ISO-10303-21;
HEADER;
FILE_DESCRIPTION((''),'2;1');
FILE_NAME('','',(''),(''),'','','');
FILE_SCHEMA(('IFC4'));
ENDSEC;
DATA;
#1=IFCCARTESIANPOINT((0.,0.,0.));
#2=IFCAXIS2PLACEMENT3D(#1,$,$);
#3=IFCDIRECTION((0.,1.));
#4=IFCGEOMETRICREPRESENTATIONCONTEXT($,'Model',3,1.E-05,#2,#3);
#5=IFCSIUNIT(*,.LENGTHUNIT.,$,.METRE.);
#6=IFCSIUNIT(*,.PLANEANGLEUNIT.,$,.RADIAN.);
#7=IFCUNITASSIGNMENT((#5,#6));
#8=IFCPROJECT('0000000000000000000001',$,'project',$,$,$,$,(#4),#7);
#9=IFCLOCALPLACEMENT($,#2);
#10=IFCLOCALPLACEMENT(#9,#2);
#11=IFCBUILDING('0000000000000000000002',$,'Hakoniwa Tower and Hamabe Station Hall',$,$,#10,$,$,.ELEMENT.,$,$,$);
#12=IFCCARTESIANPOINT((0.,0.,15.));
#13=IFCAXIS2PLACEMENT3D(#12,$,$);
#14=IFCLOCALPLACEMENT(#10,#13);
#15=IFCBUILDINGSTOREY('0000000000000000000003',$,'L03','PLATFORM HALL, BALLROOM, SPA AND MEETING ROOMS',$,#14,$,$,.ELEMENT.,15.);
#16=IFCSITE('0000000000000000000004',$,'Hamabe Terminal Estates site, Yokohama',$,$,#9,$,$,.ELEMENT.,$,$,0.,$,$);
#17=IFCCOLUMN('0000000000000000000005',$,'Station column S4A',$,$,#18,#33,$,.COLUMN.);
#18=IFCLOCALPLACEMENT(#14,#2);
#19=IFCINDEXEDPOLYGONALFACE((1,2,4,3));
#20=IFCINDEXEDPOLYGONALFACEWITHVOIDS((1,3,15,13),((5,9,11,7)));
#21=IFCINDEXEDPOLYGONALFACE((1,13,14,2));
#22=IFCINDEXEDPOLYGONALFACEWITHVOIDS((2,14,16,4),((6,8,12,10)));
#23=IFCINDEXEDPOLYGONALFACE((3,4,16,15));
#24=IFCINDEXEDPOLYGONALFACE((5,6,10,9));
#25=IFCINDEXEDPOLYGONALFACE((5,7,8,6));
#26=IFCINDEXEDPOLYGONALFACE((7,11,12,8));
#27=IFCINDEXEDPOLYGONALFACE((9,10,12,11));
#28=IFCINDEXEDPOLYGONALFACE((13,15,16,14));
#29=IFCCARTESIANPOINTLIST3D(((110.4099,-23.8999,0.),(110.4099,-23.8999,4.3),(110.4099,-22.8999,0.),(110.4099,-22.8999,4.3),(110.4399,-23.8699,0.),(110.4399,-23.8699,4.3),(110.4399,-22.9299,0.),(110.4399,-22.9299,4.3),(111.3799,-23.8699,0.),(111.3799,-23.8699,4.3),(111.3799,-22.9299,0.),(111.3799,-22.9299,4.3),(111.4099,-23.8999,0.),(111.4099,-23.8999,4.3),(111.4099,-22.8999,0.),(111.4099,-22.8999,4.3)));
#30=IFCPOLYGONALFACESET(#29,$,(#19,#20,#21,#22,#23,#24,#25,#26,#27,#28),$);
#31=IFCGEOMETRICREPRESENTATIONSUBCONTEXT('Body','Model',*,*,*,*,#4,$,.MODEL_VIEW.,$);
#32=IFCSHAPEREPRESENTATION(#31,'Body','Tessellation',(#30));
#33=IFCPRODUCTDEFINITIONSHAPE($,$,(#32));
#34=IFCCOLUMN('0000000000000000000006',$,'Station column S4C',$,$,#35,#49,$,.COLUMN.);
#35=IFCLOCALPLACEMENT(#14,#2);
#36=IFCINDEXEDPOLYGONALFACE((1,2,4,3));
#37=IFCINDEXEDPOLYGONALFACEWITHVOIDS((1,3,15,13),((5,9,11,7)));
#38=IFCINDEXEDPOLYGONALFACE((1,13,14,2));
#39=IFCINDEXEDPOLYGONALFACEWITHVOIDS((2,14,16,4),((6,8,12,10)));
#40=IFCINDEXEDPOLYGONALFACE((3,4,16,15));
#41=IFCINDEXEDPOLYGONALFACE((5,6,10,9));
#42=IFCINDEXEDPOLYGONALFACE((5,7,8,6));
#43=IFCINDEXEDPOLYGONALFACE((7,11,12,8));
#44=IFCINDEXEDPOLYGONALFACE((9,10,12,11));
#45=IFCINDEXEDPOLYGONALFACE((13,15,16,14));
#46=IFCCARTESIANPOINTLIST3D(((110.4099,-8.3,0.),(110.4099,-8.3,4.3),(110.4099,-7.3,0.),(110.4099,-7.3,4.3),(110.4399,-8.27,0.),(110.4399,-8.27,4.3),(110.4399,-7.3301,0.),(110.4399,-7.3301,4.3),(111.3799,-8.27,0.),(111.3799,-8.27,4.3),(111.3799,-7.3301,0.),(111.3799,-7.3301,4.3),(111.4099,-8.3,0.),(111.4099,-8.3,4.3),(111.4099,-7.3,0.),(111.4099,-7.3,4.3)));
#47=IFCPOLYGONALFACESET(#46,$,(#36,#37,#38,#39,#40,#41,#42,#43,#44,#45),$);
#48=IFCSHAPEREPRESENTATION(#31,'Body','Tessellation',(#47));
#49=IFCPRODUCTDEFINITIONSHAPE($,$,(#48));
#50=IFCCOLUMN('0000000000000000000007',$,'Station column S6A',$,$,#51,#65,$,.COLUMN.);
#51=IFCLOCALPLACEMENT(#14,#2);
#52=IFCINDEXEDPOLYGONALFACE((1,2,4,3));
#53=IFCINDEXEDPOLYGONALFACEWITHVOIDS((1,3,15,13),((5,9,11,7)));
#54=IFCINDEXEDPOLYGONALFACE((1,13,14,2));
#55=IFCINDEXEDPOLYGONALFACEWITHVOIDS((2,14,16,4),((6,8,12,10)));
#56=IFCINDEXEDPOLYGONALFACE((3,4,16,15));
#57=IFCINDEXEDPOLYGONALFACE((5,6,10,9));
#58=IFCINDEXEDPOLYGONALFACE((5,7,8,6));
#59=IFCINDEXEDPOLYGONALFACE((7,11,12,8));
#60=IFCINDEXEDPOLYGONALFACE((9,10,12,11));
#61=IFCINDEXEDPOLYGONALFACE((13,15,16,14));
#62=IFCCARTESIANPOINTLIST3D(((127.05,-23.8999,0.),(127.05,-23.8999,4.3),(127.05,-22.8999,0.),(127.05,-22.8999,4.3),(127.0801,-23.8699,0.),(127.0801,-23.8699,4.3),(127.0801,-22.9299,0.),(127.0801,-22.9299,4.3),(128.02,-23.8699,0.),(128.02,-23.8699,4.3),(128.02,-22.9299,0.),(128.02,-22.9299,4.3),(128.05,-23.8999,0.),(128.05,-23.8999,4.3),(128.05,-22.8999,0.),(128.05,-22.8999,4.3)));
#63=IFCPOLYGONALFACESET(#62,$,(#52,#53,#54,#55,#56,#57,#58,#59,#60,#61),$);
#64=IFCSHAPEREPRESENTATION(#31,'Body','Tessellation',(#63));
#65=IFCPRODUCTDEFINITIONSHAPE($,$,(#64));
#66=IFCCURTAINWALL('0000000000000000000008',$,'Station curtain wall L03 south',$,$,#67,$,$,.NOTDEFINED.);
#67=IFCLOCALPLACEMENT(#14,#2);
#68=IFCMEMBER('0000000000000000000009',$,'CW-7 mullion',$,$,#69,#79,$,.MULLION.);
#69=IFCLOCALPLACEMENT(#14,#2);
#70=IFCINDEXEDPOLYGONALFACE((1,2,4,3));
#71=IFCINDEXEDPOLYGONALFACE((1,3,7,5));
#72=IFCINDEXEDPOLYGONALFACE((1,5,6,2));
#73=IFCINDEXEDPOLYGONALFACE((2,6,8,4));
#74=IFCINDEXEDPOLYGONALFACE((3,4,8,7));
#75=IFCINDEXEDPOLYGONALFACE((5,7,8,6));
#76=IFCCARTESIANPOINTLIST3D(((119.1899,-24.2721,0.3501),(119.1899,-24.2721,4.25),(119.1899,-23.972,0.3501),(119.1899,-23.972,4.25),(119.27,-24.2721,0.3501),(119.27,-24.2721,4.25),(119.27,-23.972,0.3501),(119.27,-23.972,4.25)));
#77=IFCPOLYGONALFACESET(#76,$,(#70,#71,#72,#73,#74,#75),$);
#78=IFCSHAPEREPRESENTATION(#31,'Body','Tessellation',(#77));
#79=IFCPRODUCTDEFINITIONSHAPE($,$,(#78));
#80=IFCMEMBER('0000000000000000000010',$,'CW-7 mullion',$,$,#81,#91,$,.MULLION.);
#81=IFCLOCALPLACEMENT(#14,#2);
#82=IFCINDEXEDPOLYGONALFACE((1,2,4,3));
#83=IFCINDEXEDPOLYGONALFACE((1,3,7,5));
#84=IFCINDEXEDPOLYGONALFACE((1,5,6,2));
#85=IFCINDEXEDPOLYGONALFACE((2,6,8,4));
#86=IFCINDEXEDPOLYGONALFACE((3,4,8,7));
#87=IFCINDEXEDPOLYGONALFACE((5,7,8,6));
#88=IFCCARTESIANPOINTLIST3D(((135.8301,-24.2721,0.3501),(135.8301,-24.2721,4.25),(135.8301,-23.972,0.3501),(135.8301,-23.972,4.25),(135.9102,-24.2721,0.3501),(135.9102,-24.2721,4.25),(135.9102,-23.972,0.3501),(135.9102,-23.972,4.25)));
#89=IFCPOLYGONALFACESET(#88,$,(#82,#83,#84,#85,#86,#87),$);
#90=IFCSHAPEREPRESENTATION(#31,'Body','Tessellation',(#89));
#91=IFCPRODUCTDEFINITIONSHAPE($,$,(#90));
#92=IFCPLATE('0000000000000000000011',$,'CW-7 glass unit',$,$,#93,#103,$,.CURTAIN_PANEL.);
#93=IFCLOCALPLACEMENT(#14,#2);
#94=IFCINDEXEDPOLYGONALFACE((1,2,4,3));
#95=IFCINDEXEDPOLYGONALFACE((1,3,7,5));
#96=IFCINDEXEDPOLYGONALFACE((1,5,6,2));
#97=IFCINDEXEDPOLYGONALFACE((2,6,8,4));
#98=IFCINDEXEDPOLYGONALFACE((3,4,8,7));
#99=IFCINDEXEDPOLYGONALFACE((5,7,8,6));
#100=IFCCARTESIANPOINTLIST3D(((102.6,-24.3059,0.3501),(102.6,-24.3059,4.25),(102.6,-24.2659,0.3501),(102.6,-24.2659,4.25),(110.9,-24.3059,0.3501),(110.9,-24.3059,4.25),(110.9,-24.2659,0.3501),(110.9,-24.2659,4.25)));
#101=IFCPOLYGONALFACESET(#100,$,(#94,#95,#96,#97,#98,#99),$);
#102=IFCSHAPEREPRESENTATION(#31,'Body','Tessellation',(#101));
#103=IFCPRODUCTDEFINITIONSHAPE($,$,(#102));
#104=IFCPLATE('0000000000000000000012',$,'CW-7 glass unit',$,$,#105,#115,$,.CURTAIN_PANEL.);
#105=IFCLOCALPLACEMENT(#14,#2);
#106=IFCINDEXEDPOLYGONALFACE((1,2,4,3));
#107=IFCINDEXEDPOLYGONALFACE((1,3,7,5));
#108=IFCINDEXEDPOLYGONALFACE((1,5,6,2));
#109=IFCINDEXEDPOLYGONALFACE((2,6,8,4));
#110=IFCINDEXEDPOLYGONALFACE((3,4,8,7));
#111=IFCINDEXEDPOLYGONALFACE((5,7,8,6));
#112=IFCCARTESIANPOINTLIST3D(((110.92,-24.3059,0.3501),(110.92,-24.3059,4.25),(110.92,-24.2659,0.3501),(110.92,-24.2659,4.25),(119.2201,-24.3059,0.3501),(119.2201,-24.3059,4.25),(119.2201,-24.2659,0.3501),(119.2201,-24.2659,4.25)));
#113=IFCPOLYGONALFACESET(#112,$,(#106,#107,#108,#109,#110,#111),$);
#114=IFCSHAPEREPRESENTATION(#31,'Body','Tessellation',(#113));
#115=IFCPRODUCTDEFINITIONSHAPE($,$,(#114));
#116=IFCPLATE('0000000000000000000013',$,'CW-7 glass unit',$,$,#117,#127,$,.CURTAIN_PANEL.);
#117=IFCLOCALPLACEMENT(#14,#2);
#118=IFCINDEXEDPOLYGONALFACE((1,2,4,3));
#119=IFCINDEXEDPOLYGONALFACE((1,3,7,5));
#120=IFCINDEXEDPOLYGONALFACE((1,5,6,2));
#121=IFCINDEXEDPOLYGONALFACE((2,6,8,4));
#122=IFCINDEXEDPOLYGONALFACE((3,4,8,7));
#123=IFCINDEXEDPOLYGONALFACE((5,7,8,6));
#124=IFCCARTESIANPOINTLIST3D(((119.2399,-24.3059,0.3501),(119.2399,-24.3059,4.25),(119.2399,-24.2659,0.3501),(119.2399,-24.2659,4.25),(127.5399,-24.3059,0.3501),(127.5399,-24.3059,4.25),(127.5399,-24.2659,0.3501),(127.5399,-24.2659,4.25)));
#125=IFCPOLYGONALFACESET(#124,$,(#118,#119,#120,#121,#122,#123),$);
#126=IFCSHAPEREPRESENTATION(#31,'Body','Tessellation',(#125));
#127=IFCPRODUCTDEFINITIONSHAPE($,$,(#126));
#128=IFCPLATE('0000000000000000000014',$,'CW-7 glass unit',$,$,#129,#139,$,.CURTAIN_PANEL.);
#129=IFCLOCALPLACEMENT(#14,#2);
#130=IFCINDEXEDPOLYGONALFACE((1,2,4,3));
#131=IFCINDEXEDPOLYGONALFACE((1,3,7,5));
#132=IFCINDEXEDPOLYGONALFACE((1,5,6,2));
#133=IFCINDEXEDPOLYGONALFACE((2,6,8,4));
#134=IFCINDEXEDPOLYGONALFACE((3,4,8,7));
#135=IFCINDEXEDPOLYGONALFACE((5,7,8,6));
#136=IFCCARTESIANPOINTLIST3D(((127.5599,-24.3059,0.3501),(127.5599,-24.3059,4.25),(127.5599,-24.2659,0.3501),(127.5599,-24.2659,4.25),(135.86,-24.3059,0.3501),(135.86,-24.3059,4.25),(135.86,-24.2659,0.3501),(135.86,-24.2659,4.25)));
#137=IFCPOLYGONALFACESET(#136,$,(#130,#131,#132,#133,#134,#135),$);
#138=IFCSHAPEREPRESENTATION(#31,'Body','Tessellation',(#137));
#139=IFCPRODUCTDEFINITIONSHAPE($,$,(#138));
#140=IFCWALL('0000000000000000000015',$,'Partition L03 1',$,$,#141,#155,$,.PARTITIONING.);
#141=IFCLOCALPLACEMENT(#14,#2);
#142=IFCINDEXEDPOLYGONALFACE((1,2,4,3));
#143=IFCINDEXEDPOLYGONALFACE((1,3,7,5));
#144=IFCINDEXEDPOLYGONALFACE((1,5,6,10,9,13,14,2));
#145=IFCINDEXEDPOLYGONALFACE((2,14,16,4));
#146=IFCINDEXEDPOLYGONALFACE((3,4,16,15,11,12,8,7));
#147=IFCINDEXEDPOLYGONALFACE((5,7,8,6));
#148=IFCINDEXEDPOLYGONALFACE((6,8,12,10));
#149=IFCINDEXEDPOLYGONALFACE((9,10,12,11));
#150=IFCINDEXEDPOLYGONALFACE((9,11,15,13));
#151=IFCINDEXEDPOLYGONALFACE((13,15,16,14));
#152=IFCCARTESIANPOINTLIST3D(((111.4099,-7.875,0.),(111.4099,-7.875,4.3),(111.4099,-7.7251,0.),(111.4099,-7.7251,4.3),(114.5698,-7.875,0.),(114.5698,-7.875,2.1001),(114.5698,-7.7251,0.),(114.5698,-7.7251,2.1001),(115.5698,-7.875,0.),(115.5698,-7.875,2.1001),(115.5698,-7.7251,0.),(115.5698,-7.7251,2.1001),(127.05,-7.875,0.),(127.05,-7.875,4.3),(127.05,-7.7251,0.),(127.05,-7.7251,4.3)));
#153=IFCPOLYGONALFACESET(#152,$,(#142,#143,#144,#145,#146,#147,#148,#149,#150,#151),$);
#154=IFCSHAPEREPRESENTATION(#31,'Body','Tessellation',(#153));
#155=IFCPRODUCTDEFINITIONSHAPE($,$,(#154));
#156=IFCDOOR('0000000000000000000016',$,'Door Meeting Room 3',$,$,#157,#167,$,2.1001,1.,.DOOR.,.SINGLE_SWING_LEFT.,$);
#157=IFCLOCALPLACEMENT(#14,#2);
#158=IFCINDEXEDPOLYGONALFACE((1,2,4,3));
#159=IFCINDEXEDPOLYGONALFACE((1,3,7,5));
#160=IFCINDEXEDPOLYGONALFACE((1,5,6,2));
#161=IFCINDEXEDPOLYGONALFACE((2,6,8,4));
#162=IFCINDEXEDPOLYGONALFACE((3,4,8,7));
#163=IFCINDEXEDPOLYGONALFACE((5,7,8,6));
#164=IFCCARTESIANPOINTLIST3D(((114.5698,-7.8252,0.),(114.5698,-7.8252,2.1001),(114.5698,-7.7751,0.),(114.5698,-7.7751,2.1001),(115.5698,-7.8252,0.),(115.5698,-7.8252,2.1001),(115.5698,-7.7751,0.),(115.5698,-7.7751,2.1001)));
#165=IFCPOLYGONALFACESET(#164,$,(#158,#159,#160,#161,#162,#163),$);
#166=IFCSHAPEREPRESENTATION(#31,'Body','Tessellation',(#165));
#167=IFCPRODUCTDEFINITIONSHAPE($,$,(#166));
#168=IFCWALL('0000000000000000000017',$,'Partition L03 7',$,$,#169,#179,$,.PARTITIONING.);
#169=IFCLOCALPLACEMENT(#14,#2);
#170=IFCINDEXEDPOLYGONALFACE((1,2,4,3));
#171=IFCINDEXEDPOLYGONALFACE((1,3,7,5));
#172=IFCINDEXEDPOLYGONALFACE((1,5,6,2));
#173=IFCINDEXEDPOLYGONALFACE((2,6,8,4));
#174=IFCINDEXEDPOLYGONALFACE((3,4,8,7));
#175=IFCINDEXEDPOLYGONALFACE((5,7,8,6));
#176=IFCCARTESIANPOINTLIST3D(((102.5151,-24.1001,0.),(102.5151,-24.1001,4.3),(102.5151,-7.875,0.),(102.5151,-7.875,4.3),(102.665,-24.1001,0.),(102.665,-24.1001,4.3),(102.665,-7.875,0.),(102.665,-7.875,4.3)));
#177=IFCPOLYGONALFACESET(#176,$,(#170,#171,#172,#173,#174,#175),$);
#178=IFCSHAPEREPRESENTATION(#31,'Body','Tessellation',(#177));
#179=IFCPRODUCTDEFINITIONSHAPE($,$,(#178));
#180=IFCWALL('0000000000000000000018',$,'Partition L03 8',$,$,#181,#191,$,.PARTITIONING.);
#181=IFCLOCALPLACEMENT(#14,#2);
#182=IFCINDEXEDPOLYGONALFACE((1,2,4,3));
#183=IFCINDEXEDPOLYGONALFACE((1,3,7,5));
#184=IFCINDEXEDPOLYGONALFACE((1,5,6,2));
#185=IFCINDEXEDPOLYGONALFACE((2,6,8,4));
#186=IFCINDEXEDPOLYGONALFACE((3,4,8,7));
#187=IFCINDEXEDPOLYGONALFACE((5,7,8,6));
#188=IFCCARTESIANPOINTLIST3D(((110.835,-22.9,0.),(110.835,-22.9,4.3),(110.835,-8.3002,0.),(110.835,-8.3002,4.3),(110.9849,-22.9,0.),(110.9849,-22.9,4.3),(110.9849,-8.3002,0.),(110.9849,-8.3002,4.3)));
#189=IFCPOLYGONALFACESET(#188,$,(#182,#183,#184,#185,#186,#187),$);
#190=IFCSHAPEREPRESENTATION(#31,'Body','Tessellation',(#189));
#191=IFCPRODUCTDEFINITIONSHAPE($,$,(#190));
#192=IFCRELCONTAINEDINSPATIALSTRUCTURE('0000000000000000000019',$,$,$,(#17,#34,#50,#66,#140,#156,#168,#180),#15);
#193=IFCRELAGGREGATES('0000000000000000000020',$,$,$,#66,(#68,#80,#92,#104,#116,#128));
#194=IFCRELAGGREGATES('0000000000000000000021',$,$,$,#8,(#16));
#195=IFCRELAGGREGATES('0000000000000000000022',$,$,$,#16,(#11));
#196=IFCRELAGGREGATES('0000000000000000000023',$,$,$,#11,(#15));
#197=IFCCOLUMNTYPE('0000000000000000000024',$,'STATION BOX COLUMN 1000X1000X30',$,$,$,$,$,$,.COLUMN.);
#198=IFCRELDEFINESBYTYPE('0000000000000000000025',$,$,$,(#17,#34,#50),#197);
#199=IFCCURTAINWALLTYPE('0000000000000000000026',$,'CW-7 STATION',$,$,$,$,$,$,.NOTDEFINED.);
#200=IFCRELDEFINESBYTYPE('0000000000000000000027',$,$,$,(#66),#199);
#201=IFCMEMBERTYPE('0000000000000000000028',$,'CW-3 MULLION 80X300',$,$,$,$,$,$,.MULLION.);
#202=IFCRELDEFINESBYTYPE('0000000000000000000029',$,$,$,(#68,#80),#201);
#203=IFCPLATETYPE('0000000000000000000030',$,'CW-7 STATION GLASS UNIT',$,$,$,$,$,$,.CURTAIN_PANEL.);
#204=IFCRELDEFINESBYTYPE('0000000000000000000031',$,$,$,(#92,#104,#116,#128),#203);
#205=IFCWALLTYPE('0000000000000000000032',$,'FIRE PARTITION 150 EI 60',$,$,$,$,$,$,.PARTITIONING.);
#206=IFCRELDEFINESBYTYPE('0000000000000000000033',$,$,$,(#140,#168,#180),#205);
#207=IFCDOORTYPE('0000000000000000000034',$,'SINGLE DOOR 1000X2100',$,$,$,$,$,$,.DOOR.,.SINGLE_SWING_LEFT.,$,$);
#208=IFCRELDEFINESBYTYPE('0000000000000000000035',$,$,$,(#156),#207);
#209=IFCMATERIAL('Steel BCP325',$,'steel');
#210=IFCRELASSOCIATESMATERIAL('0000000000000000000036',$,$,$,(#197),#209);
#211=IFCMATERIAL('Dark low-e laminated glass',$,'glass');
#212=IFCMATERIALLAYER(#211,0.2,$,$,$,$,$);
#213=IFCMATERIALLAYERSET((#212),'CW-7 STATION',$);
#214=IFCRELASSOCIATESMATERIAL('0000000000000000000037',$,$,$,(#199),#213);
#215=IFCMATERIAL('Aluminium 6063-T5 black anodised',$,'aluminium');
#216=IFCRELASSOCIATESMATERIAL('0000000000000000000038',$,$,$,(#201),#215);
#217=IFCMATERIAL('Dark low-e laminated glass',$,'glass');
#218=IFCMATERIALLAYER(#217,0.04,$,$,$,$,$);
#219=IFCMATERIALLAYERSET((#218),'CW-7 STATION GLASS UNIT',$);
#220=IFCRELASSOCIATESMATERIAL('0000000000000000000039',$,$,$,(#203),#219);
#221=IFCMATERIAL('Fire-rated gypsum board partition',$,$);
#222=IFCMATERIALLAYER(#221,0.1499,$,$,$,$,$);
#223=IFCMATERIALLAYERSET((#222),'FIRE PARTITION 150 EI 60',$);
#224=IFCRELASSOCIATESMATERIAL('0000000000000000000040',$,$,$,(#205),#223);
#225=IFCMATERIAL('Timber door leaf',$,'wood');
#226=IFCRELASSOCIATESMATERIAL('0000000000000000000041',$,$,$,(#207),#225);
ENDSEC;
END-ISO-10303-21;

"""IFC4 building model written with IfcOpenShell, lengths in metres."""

from ifc_helpers import new_model, si_unit, direction, frame, frame_2d, origin, origin_2d, place, context, subcontext, project, spatial, rectangle, hollow_rectangle, extrude, material, layer, layer_set, material_profile, profile_set, type_object, element, fill, aggregate, save


model = new_model("IFC4")

# Units and contexts
model_context = context("Model", 3, precision=1e-05, world=origin(), true_north=direction((0.0, 1.0)))
body_context = subcontext(model_context, "Body", "Model", "MODEL_VIEW")
ifc_project = project(units=[si_unit("LENGTHUNIT", "METRE"), si_unit("PLANEANGLEUNIT", "RADIAN")], contexts=[model_context])

# Site, building, storey
site_placement = place(None, origin())
site = spatial("IfcSite", under=ifc_project, at=site_placement, Name="Hamabe Terminal Estates site, Yokohama", CompositionType="ELEMENT", RefElevation=0.0)
building_placement = place(site_placement, origin())
building = spatial("IfcBuilding", under=site, at=building_placement, Name="Hakoniwa Tower and Hamabe Station Hall", CompositionType="ELEMENT")
storey_placement = place(building_placement, frame((0.0, 0.0, 15.0)))
storey = spatial("IfcBuildingStorey", under=building, at=storey_placement, Name="L03", Description="PLATFORM HALL, BALLROOM, SPA AND MEETING ROOMS", CompositionType="ELEMENT", Elevation=15.0)

# Columns
ifc_material_1 = material(Name="Steel BCP325", Category="steel")
ifc_material_profile_1 = material_profile(ifc_material_1, hollow_rectangle(XDim=1.0, YDim=1.0, WallThickness=0.03, at=origin_2d()), Name="STATION BOX COLUMN 1000X1000X30")
ifc_profile_set_1 = profile_set([ifc_material_profile_1], Name="Steel BCP325")
column_type = type_object("IfcColumnType", Name="STATION BOX COLUMN 1000X1000X30", PredefinedType="COLUMN", material=ifc_profile_set_1)
for number, where, z_axis, x_axis, name in (
    (1, (110.9099, -23.3999, 0.0), (0.0, 0.0, 1.0), (1.0, 0.0, 0.0), "Station column S4A"),
    (2, (110.9099, -7.8, 0.0), (0.0, 0.0, 1.0), (1.0, 0.0, 0.0), "Station column S4C"),
    (3, (127.55, -23.3999, 0.0), (0.0, 0.0, 1.0), (1.0, 0.0, 0.0), "Station column S6A"),
):
    element("IfcColumn", number, at=place(storey_placement, frame(where, z_axis=z_axis, x_axis=x_axis)), inside=storey, type_object=column_type, Name=name, PredefinedType="COLUMN", context=body_context, shape_type="SweptSolid", body=[
        extrude(hollow_rectangle(XDim=1.0, YDim=1.0, WallThickness=0.03, at=origin_2d()), origin(), (0.0, 0.0, 1.0), 4.3),
    ])

# Curtain wall, members, plates
ifc_material_2 = material(Name="Dark low-e laminated glass", Category="glass")
ifc_layer_1 = layer(ifc_material_2, 0.2)
ifc_layer_set_1 = layer_set([ifc_layer_1], Name="CW-7 STATION")
curtain_wall_type = type_object("IfcCurtainWallType", Name="CW-7 STATION", PredefinedType="NOTDEFINED", material=ifc_layer_set_1)
curtain_wall_placement = place(storey_placement, origin())
curtain_wall = element("IfcCurtainWall", 4, at=curtain_wall_placement, inside=storey, type_object=curtain_wall_type, Name="Station curtain wall L03 south", PredefinedType="NOTDEFINED")
ifc_material_3 = material(Name="Aluminium 6063-T5 black anodised", Category="aluminium")
ifc_material_profile_2 = material_profile(ifc_material_3, rectangle(XDim=0.0801, YDim=0.3, at=origin_2d()), Name="CW-3 MULLION 80X300")
ifc_profile_set_2 = profile_set([ifc_material_profile_2], Name="Aluminium 6063-T5 black anodised")
member_type = type_object("IfcMemberType", Name="CW-3 MULLION 80X300", PredefinedType="MULLION", material=ifc_profile_set_2)
member_1_placement = place(storey_placement, frame((119.23, -24.1221, 0.3501), z_axis=(0.0, 0.0, 1.0), x_axis=(1.0, 0.0, 0.0)))
member_1 = element("IfcMember", 5, at=member_1_placement, type_object=member_type, Name="CW-7 mullion", PredefinedType="MULLION", context=body_context, shape_type="SweptSolid", body=[
    extrude(rectangle(XDim=0.0801, YDim=0.3, at=origin_2d()), origin(), (0.0, 0.0, 1.0), 3.8999),
])
member_2_placement = place(storey_placement, frame((135.8701, -24.1221, 0.3501), z_axis=(0.0, 0.0, 1.0), x_axis=(1.0, 0.0, 0.0)))
member_2 = element("IfcMember", 6, at=member_2_placement, type_object=member_type, Name="CW-7 mullion", PredefinedType="MULLION", context=body_context, shape_type="SweptSolid", body=[
    extrude(rectangle(XDim=0.0801, YDim=0.3, at=origin_2d()), origin(), (0.0, 0.0, 1.0), 3.8999),
])
ifc_material_4 = material(Name="Dark low-e laminated glass", Category="glass")
ifc_layer_2 = layer(ifc_material_4, 0.04)
ifc_layer_set_2 = layer_set([ifc_layer_2], Name="CW-7 STATION GLASS UNIT")
plate_type = type_object("IfcPlateType", Name="CW-7 STATION GLASS UNIT", PredefinedType="CURTAIN_PANEL", material=ifc_layer_set_2)
plate_1_placement = place(storey_placement, frame((106.75, -24.2859, 0.3501), z_axis=(0.0, 0.0, 1.0), x_axis=(1.0, 0.0, 0.0)))
plate_1 = element("IfcPlate", 7, at=plate_1_placement, type_object=plate_type, Name="CW-7 glass unit", PredefinedType="CURTAIN_PANEL", context=body_context, shape_type="SweptSolid", body=[
    extrude(rectangle(XDim=8.3, YDim=0.04, at=origin_2d()), origin(), (0.0, 0.0, 1.0), 3.8999),
])
plate_2_placement = place(storey_placement, frame((115.0701, -24.2859, 0.3501), z_axis=(0.0, 0.0, 1.0), x_axis=(1.0, 0.0, 0.0)))
plate_2 = element("IfcPlate", 8, at=plate_2_placement, type_object=plate_type, Name="CW-7 glass unit", PredefinedType="CURTAIN_PANEL", context=body_context, shape_type="SweptSolid", body=[
    extrude(rectangle(XDim=8.3, YDim=0.04, at=origin_2d()), origin(), (0.0, 0.0, 1.0), 3.8999),
])
plate_3_placement = place(storey_placement, frame((123.3899, -24.2859, 0.3501), z_axis=(0.0, 0.0, 1.0), x_axis=(1.0, 0.0, 0.0)))
plate_3 = element("IfcPlate", 9, at=plate_3_placement, type_object=plate_type, Name="CW-7 glass unit", PredefinedType="CURTAIN_PANEL", context=body_context, shape_type="SweptSolid", body=[
    extrude(rectangle(XDim=8.3, YDim=0.04, at=origin_2d()), origin(), (0.0, 0.0, 1.0), 3.8999),
])
plate_4_placement = place(storey_placement, frame((131.71, -24.2859, 0.3501), z_axis=(0.0, 0.0, 1.0), x_axis=(1.0, 0.0, 0.0)))
plate_4 = element("IfcPlate", 10, at=plate_4_placement, type_object=plate_type, Name="CW-7 glass unit", PredefinedType="CURTAIN_PANEL", context=body_context, shape_type="SweptSolid", body=[
    extrude(rectangle(XDim=8.3, YDim=0.04, at=origin_2d()), origin(), (0.0, 0.0, 1.0), 3.8999),
])
aggregate(curtain_wall, [member_1, member_2, plate_1, plate_2, plate_3, plate_4])

# Wall, opening, door
ifc_material_5 = material(Name="Fire-rated gypsum board partition")
ifc_layer_3 = layer(ifc_material_5, 0.1499)
ifc_layer_set_3 = layer_set([ifc_layer_3], Name="FIRE PARTITION 150 EI 60")
wall_type = type_object("IfcWallType", Name="FIRE PARTITION 150 EI 60", PredefinedType="PARTITIONING", material=ifc_layer_set_3)
wall_1_placement = place(storey_placement, frame((111.4099, -7.8, 0.0), z_axis=(0.0, 0.0, 1.0), x_axis=(1.0, 0.0, 0.0)))
wall_1 = element("IfcWall", 11, at=wall_1_placement, inside=storey, type_object=wall_type, Name="Partition L03 1", PredefinedType="PARTITIONING", context=body_context, shape_type="SweptSolid", body=[
    extrude(rectangle(XDim=15.6401, YDim=0.1499, at=frame_2d((7.8201, 0.0))), origin(), (0.0, 0.0, 1.0), 4.3),
])
opening_1_placement = place(wall_1_placement, frame((3.1599, 0.0, 0.0)))
opening_1 = element("IfcOpeningElement", 12, at=opening_1_placement, cuts=wall_1, PredefinedType="OPENING", context=body_context, shape_type="SweptSolid", body=[
    extrude(rectangle(XDim=1.0, YDim=2.1001, at=frame_2d((0.5, 1.05))), frame((0.0, 0.085, 0.0), z_axis=(0.0, -1.0, 0.0), x_axis=(1.0, 0.0, 0.0)), (0.0, 0.0, 1.0), 0.1699),
])
ifc_material_6 = material(Name="Timber door leaf", Category="wood")
door_type = type_object("IfcDoorType", Name="SINGLE DOOR 1000X2100", OperationType="SINGLE_SWING_LEFT", PredefinedType="DOOR", material=ifc_material_6)
door_1_placement = place(opening_1_placement, origin())
door_1 = element("IfcDoor", 13, at=door_1_placement, inside=storey, type_object=door_type, Name="Door Meeting Room 3", OperationType="SINGLE_SWING_LEFT", OverallHeight=2.1001, OverallWidth=1.0, PredefinedType="DOOR", context=body_context, shape_type="SweptSolid", body=[
    extrude(rectangle(XDim=1.0, YDim=2.1001, at=frame_2d((0.5, 1.05))), frame((0.0, 0.0249, 0.0), z_axis=(0.0, -1.0, 0.0), x_axis=(1.0, 0.0, 0.0)), (0.0, 0.0, 1.0), 0.05),
])
fill(opening_1, door_1)

# Walls
wall_2_placement = place(storey_placement, frame((102.5901, -24.1001, 0.0), z_axis=(0.0, 0.0, 1.0), x_axis=(0.0, 1.0, 0.0)))
element("IfcWall", 14, at=wall_2_placement, inside=storey, type_object=wall_type, Name="Partition L03 7", PredefinedType="PARTITIONING", context=body_context, shape_type="SweptSolid", body=[
    extrude(rectangle(XDim=16.2251, YDim=0.1499, at=frame_2d((8.1125, 0.0))), origin(), (0.0, 0.0, 1.0), 4.3),
])
wall_3_placement = place(storey_placement, frame((110.9099, -22.8999, 0.0), z_axis=(0.0, 0.0, 1.0), x_axis=(0.0, 1.0, 0.0)))
element("IfcWall", 15, at=wall_3_placement, inside=storey, type_object=wall_type, Name="Partition L03 8", PredefinedType="PARTITIONING", context=body_context, shape_type="SweptSolid", body=[
    extrude(rectangle(XDim=14.5999, YDim=0.1499, at=frame_2d((7.2998, 0.0))), origin(), (0.0, 0.0, 1.0), 4.3),
])

save(model, "model.ifc")
